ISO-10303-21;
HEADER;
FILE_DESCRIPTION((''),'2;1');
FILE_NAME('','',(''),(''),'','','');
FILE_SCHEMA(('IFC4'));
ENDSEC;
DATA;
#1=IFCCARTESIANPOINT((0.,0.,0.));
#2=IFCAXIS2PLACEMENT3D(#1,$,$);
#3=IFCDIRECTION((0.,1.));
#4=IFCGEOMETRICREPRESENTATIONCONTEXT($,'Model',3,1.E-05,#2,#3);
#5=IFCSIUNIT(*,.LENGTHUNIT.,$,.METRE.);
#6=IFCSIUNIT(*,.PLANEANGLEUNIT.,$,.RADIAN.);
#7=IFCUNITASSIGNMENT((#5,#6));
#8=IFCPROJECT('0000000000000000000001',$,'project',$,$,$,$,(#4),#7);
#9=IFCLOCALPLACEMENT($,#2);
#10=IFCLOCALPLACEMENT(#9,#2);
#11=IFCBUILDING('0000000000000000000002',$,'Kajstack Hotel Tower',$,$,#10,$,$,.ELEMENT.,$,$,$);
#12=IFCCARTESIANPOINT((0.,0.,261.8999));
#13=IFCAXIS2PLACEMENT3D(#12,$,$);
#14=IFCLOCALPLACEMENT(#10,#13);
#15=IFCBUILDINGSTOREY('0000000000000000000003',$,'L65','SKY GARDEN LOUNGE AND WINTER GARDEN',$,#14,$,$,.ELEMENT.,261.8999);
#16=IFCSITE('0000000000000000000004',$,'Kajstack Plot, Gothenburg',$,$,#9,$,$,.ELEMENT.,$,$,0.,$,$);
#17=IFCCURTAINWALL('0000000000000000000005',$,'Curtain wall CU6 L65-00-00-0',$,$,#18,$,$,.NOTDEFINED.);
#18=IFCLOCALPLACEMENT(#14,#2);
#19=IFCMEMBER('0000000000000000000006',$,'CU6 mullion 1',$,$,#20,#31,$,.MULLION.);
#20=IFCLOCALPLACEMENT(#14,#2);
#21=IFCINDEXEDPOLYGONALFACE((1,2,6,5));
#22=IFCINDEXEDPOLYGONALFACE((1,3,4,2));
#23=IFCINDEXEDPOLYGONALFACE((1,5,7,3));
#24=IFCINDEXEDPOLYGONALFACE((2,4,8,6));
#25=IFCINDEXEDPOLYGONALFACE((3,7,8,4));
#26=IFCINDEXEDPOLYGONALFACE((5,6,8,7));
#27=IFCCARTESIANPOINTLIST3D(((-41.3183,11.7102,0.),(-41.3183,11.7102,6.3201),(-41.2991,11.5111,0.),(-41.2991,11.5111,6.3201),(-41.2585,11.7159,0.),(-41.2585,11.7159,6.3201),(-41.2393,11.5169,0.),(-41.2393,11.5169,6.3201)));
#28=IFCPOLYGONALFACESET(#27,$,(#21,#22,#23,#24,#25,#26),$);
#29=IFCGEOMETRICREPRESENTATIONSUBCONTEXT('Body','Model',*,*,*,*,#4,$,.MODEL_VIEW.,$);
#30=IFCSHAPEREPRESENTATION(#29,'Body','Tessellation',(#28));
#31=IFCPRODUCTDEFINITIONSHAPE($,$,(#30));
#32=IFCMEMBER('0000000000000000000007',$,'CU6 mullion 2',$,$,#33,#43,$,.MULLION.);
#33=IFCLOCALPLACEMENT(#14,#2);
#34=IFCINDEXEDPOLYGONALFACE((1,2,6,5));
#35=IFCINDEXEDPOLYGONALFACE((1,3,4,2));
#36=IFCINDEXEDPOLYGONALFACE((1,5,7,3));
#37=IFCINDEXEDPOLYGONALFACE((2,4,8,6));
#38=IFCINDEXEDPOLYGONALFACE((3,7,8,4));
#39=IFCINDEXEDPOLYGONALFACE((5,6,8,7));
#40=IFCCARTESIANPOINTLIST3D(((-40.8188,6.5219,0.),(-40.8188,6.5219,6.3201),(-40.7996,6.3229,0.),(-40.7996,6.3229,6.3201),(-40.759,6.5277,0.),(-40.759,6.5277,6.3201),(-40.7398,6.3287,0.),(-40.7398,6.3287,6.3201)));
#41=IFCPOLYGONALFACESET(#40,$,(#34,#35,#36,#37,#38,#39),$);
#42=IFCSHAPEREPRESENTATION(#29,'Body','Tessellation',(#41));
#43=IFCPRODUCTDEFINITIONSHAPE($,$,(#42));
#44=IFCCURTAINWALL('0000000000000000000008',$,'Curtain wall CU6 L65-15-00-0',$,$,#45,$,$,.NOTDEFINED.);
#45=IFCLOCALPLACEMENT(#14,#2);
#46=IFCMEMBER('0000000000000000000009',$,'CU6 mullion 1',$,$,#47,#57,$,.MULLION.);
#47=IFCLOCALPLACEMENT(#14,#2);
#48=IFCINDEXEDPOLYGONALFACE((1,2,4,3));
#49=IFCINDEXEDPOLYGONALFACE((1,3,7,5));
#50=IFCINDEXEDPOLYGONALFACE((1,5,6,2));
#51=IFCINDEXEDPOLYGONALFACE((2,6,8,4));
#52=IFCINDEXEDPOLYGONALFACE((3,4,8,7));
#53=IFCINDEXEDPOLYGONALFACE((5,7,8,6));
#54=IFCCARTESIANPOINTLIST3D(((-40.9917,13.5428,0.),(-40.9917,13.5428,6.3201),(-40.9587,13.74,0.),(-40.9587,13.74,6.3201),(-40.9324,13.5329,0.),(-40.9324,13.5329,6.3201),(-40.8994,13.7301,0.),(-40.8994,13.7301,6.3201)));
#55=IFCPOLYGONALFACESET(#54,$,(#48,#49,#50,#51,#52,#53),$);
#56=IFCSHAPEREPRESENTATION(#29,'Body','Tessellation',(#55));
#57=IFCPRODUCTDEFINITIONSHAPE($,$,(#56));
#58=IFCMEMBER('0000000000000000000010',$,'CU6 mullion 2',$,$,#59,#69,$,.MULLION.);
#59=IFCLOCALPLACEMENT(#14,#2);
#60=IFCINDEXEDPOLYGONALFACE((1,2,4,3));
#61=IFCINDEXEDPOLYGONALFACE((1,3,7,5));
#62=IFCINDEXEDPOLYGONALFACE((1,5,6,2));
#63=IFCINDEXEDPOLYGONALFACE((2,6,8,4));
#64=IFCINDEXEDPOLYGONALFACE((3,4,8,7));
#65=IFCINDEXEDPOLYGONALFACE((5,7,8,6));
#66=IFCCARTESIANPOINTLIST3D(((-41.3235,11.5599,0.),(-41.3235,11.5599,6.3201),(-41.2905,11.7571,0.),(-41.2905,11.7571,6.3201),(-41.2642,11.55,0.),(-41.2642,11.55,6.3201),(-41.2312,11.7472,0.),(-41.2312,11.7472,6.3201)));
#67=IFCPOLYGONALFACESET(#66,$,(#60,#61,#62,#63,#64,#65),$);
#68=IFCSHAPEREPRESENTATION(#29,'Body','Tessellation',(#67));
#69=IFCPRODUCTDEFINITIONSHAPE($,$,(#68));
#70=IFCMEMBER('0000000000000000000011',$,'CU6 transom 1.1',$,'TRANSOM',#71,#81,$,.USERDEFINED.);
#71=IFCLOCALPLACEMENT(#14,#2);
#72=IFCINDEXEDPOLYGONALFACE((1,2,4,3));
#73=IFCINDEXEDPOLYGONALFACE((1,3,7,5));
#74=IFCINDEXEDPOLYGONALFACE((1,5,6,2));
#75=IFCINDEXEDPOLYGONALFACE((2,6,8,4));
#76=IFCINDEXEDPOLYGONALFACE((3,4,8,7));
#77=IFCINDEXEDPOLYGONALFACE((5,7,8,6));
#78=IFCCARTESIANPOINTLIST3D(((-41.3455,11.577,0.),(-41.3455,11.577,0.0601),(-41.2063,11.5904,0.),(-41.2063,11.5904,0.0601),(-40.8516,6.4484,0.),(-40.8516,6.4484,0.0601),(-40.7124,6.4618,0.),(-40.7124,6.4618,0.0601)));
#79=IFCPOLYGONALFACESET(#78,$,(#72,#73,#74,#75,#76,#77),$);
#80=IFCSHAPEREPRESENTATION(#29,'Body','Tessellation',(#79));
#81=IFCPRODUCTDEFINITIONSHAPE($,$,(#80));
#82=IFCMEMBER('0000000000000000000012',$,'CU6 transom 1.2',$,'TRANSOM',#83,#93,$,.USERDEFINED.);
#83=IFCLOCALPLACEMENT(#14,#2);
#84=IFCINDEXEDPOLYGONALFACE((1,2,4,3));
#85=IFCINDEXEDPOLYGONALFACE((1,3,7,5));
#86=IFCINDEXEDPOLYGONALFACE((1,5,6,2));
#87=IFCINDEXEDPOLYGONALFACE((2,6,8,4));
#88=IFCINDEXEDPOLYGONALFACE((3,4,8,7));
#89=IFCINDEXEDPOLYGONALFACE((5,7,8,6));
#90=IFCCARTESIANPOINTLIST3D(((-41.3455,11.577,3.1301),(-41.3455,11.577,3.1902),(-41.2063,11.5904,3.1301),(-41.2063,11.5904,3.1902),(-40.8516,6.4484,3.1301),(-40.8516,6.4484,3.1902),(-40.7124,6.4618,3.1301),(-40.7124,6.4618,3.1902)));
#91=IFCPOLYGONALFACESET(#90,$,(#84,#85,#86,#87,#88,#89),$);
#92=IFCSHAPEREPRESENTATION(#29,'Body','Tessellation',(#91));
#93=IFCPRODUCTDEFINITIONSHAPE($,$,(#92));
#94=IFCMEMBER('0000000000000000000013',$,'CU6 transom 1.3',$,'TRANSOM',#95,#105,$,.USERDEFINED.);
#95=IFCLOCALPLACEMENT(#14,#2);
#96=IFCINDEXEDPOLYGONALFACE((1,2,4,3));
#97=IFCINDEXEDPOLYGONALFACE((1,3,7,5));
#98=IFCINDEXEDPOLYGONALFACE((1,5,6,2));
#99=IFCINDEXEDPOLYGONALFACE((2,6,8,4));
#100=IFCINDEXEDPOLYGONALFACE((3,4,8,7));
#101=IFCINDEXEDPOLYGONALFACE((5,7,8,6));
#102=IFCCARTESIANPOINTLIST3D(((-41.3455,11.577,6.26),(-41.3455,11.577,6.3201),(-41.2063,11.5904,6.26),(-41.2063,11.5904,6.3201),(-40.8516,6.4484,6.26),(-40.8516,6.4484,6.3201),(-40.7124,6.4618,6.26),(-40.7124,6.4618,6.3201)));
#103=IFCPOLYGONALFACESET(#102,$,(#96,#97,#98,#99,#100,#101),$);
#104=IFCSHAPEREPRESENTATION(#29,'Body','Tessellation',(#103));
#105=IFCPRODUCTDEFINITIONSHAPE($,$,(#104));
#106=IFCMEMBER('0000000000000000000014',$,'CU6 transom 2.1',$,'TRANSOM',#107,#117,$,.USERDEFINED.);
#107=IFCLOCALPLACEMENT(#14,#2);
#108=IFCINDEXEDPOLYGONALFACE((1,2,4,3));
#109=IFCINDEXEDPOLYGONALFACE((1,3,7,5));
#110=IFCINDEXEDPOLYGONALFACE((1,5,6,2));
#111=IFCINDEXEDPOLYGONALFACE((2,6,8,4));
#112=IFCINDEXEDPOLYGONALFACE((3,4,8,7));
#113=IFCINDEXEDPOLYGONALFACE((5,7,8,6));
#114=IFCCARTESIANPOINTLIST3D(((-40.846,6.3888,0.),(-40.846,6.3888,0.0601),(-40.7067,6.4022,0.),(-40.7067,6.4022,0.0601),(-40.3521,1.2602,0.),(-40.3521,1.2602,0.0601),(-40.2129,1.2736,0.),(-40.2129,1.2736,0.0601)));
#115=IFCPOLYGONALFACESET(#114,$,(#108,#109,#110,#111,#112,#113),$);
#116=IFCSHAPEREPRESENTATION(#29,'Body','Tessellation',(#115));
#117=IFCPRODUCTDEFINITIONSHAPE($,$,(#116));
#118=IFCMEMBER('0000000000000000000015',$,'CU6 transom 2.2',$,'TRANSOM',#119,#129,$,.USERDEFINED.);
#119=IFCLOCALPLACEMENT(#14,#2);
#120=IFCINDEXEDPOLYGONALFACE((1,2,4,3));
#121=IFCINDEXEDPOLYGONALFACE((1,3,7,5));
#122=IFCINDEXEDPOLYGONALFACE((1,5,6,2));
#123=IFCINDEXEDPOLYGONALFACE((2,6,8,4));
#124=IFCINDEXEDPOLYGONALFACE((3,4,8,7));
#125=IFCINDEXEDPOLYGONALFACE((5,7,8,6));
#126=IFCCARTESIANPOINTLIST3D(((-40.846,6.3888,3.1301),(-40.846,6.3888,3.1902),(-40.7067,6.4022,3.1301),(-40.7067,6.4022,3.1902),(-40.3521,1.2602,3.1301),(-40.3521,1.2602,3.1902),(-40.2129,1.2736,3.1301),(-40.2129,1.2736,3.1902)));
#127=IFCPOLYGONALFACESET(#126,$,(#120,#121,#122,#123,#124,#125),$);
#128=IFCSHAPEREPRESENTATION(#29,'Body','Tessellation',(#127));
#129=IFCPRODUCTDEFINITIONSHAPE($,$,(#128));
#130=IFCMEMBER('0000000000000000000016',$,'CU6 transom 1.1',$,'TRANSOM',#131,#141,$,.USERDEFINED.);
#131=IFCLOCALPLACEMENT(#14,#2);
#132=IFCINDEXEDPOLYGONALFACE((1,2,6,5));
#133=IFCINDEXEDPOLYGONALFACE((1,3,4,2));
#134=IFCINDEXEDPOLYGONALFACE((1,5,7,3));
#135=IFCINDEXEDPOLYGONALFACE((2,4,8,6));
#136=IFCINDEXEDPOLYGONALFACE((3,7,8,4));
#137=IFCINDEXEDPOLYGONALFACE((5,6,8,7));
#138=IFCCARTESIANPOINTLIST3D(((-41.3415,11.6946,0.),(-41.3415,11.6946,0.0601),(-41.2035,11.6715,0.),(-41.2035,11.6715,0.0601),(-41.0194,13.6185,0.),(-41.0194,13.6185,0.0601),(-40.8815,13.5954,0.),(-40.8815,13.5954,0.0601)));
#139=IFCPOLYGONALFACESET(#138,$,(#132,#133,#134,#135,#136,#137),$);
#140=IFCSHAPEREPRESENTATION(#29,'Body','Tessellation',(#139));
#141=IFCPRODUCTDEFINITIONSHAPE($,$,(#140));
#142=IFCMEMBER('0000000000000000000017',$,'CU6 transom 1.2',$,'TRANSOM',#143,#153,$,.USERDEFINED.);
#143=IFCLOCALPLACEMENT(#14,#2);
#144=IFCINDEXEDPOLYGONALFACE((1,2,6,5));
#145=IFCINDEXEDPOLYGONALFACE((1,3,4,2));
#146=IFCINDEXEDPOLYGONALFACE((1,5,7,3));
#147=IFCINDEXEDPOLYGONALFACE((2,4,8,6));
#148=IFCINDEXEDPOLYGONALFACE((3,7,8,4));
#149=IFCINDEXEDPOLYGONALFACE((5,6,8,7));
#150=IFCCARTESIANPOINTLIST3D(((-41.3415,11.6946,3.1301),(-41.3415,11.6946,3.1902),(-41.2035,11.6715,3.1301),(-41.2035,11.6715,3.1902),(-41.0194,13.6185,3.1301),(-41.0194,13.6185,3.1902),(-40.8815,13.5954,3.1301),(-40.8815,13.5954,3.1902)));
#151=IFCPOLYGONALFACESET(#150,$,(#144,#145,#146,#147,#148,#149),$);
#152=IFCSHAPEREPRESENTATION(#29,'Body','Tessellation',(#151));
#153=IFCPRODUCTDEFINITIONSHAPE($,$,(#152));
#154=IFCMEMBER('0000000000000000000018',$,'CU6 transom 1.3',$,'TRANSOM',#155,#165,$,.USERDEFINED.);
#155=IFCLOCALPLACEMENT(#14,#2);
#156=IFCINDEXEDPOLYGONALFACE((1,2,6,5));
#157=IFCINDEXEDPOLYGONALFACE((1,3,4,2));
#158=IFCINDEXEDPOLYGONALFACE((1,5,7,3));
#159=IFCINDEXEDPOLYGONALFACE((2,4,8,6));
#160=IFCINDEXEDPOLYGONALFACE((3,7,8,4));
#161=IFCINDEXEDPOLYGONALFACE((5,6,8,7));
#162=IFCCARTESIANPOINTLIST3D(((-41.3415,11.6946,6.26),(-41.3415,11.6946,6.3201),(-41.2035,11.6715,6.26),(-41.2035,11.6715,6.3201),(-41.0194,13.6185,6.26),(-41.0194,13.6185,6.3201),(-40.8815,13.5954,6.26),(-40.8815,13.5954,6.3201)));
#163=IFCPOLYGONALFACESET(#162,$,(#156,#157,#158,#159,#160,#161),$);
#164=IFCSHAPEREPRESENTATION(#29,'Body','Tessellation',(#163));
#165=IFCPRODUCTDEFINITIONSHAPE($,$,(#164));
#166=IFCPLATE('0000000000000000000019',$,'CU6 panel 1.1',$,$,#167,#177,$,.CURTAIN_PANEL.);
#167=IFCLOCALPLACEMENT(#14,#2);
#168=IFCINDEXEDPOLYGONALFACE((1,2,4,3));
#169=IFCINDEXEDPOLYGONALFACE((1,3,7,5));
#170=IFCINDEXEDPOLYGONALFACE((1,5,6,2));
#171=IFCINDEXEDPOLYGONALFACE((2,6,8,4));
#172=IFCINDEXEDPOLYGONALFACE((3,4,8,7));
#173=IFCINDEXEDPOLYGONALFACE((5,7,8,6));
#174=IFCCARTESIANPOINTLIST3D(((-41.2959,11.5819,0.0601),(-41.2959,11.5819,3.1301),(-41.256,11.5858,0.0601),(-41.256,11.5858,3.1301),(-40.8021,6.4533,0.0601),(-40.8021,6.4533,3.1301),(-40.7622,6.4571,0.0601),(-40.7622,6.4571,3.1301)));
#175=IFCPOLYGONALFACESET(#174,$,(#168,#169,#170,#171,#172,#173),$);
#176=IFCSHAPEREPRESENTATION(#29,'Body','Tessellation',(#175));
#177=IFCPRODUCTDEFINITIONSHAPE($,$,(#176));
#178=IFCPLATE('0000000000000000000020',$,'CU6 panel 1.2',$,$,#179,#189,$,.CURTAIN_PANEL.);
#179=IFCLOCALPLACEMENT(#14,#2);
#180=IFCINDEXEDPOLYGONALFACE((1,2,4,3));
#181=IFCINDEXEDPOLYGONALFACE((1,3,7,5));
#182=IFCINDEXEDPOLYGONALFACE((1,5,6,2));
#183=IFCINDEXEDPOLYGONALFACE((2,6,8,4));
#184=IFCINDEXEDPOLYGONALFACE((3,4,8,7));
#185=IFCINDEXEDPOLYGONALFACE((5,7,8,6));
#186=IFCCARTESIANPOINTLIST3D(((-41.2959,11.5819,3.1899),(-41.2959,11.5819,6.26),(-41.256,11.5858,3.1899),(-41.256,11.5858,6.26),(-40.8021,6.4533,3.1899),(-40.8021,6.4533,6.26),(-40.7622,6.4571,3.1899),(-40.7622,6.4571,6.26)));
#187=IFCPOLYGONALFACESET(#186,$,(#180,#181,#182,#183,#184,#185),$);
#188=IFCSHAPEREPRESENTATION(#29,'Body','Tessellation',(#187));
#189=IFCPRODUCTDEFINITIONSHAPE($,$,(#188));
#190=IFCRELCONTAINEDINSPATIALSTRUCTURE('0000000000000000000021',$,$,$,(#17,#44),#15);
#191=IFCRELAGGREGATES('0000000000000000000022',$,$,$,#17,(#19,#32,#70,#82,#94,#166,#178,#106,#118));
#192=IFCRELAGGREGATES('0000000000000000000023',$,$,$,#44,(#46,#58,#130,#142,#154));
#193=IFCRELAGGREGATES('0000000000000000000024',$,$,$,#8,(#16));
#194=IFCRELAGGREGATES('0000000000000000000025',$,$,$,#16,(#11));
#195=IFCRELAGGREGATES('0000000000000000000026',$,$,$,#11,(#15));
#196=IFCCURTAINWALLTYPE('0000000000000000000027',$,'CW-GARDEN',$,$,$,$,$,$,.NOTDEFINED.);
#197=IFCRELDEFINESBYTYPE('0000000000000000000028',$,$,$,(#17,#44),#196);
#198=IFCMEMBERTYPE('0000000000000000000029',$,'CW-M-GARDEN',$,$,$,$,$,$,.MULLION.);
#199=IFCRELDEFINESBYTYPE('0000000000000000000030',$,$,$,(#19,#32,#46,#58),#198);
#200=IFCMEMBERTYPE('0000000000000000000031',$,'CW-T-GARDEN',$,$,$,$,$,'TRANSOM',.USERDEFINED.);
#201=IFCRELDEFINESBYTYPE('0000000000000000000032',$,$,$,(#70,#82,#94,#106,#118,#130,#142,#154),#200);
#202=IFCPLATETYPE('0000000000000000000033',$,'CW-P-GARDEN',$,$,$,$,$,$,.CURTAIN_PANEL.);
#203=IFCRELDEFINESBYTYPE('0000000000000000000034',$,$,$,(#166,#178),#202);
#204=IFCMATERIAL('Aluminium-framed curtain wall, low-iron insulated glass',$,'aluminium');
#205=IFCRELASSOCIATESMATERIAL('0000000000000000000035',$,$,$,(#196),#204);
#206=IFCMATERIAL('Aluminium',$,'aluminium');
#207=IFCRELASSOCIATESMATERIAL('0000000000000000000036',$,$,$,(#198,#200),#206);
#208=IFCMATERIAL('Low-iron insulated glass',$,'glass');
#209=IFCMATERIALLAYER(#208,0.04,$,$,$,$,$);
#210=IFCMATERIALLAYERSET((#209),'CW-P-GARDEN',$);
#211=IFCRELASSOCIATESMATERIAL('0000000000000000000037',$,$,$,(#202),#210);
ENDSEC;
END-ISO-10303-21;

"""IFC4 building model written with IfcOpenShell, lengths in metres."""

from ifc_helpers import new_model, si_unit, direction, frame, origin, origin_2d, place, context, subcontext, project, spatial, rectangle, extrude, material, layer, layer_set, material_profile, profile_set, type_object, element, aggregate, save


model = new_model("IFC4")

# Units and contexts
model_context = context("Model", 3, precision=1e-05, world=origin(), true_north=direction((0.0, 1.0)))
body_context = subcontext(model_context, "Body", "Model", "MODEL_VIEW")
ifc_project = project(units=[si_unit("LENGTHUNIT", "METRE"), si_unit("PLANEANGLEUNIT", "RADIAN")], contexts=[model_context])

# Site, building, storey
site_placement = place(None, origin())
site = spatial("IfcSite", under=ifc_project, at=site_placement, Name="Kajstack Plot, Gothenburg", CompositionType="ELEMENT", RefElevation=0.0)
building_placement = place(site_placement, origin())
building = spatial("IfcBuilding", under=site, at=building_placement, Name="Kajstack Hotel Tower", CompositionType="ELEMENT")
storey_placement = place(building_placement, frame((0.0, 0.0, 261.8999)))
storey = spatial("IfcBuildingStorey", under=building, at=storey_placement, Name="L65", Description="SKY GARDEN LOUNGE AND WINTER GARDEN", CompositionType="ELEMENT", Elevation=261.8999)

# Curtain walls, members
ifc_material_1 = material(Name="Aluminium-framed curtain wall, low-iron insulated glass", Category="aluminium")
curtain_wall_type = type_object("IfcCurtainWallType", Name="CW-GARDEN", PredefinedType="NOTDEFINED", material=ifc_material_1)
curtain_wall_1_placement = place(storey_placement, origin())
curtain_wall_1 = element("IfcCurtainWall", 1, at=curtain_wall_1_placement, inside=storey, type_object=curtain_wall_type, Name="Curtain wall CU6 L65-00-00-0", PredefinedType="NOTDEFINED")
ifc_material_2 = material(Name="Aluminium", Category="aluminium")
ifc_material_profile_1 = material_profile(ifc_material_2, rectangle(XDim=0.0601, YDim=0.2, at=origin_2d()), Name="Aluminium mullion 60 x 200")
ifc_profile_set_1 = profile_set([ifc_material_profile_1], Name="Aluminium")
member_type_1 = type_object("IfcMemberType", Name="CW-M-GARDEN", PredefinedType="MULLION", material=ifc_profile_set_1)
member_1_placement = place(storey_placement, frame((-41.2788, 11.6135, 0.0), z_axis=(0.0, 0.0, 1.0), x_axis=(0.995396, 0.095847, 0.0)))
member_1 = element("IfcMember", 2, at=member_1_placement, type_object=member_type_1, Name="CU6 mullion 1", PredefinedType="MULLION", context=body_context, shape_type="SweptSolid", body=[
    extrude(rectangle(XDim=0.0601, YDim=0.2, at=origin_2d()), origin(), (0.0, 0.0, 1.0), 6.3201),
])
member_2_placement = place(storey_placement, frame((-40.7793, 6.4253, 0.0), z_axis=(0.0, 0.0, 1.0), x_axis=(0.995396, 0.095847, 0.0)))
member_2 = element("IfcMember", 3, at=member_2_placement, type_object=member_type_1, Name="CU6 mullion 2", PredefinedType="MULLION", context=body_context, shape_type="SweptSolid", body=[
    extrude(rectangle(XDim=0.0601, YDim=0.2, at=origin_2d()), origin(), (0.0, 0.0, 1.0), 6.3201),
])
curtain_wall_2_placement = place(storey_placement, origin())
curtain_wall_2 = element("IfcCurtainWall", 4, at=curtain_wall_2_placement, inside=storey, type_object=curtain_wall_type, Name="Curtain wall CU6 L65-15-00-0", PredefinedType="NOTDEFINED")
member_3_placement = place(storey_placement, frame((-40.9456, 13.6365, 0.0), z_axis=(0.0, 0.0, 1.0), x_axis=(0.98628, -0.16508, 0.0)))
member_3 = element("IfcMember", 5, at=member_3_placement, type_object=member_type_1, Name="CU6 mullion 1", PredefinedType="MULLION", context=body_context, shape_type="SweptSolid", body=[
    extrude(rectangle(XDim=0.0601, YDim=0.2, at=origin_2d()), origin(), (0.0, 0.0, 1.0), 6.3201),
])
member_4_placement = place(storey_placement, frame((-41.2773, 11.6536, 0.0), z_axis=(0.0, 0.0, 1.0), x_axis=(0.98628, -0.16508, 0.0)))
member_4 = element("IfcMember", 6, at=member_4_placement, type_object=member_type_1, Name="CU6 mullion 2", PredefinedType="MULLION", context=body_context, shape_type="SweptSolid", body=[
    extrude(rectangle(XDim=0.0601, YDim=0.2, at=origin_2d()), origin(), (0.0, 0.0, 1.0), 6.3201),
])

# Members
ifc_material_profile_2 = material_profile(ifc_material_2, rectangle(XDim=0.1399, YDim=0.0601, at=origin_2d()), Name="Aluminium transom 140 x 60")
ifc_profile_set_2 = profile_set([ifc_material_profile_2], Name="Aluminium")
member_type_2 = type_object("IfcMemberType", Name="CW-T-GARDEN", ElementType="TRANSOM", PredefinedType="USERDEFINED", material=ifc_profile_set_2)
member_5_placement = place(storey_placement, frame((-41.2759, 11.5837, 0.03), z_axis=(0.095858, -0.995395, 0.0), x_axis=(0.995395, 0.095858, 0.0)))
member_5 = element("IfcMember", 7, at=member_5_placement, type_object=member_type_2, Name="CU6 transom 1.1", ObjectType="TRANSOM", PredefinedType="USERDEFINED", context=body_context, shape_type="SweptSolid", body=[
    extrude(rectangle(XDim=0.1399, YDim=0.0601, at=origin_2d()), origin(), (0.0, 0.0, 1.0), 5.1523),
])
member_6_placement = place(storey_placement, frame((-41.2759, 11.5837, 3.1602), z_axis=(0.095858, -0.995395, 0.0), x_axis=(0.995395, 0.095858, 0.0)))
member_6 = element("IfcMember", 8, at=member_6_placement, type_object=member_type_2, Name="CU6 transom 1.2", ObjectType="TRANSOM", PredefinedType="USERDEFINED", context=body_context, shape_type="SweptSolid", body=[
    extrude(rectangle(XDim=0.1399, YDim=0.0601, at=origin_2d()), origin(), (0.0, 0.0, 1.0), 5.1523),
])
member_7_placement = place(storey_placement, frame((-41.2759, 11.5837, 6.29), z_axis=(0.095858, -0.995395, 0.0), x_axis=(0.995395, 0.095858, 0.0)))
member_7 = element("IfcMember", 9, at=member_7_placement, type_object=member_type_2, Name="CU6 transom 1.3", ObjectType="TRANSOM", PredefinedType="USERDEFINED", context=body_context, shape_type="SweptSolid", body=[
    extrude(rectangle(XDim=0.1399, YDim=0.0601, at=origin_2d()), origin(), (0.0, 0.0, 1.0), 5.1523),
])
member_8_placement = place(storey_placement, frame((-40.7764, 6.3955, 0.03), z_axis=(0.095858, -0.995395, 0.0), x_axis=(0.995395, 0.095858, 0.0)))
member_8 = element("IfcMember", 10, at=member_8_placement, type_object=member_type_2, Name="CU6 transom 2.1", ObjectType="TRANSOM", PredefinedType="USERDEFINED", context=body_context, shape_type="SweptSolid", body=[
    extrude(rectangle(XDim=0.1399, YDim=0.0601, at=origin_2d()), origin(), (0.0, 0.0, 1.0), 5.1523),
])
member_9_placement = place(storey_placement, frame((-40.7764, 6.3955, 3.1602), z_axis=(0.095858, -0.995395, 0.0), x_axis=(0.995395, 0.095858, 0.0)))
member_9 = element("IfcMember", 11, at=member_9_placement, type_object=member_type_2, Name="CU6 transom 2.2", ObjectType="TRANSOM", PredefinedType="USERDEFINED", context=body_context, shape_type="SweptSolid", body=[
    extrude(rectangle(XDim=0.1399, YDim=0.0601, at=origin_2d()), origin(), (0.0, 0.0, 1.0), 5.1523),
])
member_10_placement = place(storey_placement, frame((-40.9504, 13.6069, 0.03), z_axis=(-0.165089, -0.986279, 0.0), x_axis=(0.986279, -0.165089, 0.0)))
member_10 = element("IfcMember", 12, at=member_10_placement, type_object=member_type_2, Name="CU6 transom 1.1", ObjectType="TRANSOM", PredefinedType="USERDEFINED", context=body_context, shape_type="SweptSolid", body=[
    extrude(rectangle(XDim=0.1399, YDim=0.0601, at=origin_2d()), origin(), (0.0, 0.0, 1.0), 1.9507),
])
member_11_placement = place(storey_placement, frame((-40.9504, 13.6069, 3.1602), z_axis=(-0.165089, -0.986279, 0.0), x_axis=(0.986279, -0.165089, 0.0)))
member_11 = element("IfcMember", 13, at=member_11_placement, type_object=member_type_2, Name="CU6 transom 1.2", ObjectType="TRANSOM", PredefinedType="USERDEFINED", context=body_context, shape_type="SweptSolid", body=[
    extrude(rectangle(XDim=0.1399, YDim=0.0601, at=origin_2d()), origin(), (0.0, 0.0, 1.0), 1.9507),
])
member_12_placement = place(storey_placement, frame((-40.9504, 13.6069, 6.29), z_axis=(-0.165089, -0.986279, 0.0), x_axis=(0.986279, -0.165089, 0.0)))
member_12 = element("IfcMember", 14, at=member_12_placement, type_object=member_type_2, Name="CU6 transom 1.3", ObjectType="TRANSOM", PredefinedType="USERDEFINED", context=body_context, shape_type="SweptSolid", body=[
    extrude(rectangle(XDim=0.1399, YDim=0.0601, at=origin_2d()), origin(), (0.0, 0.0, 1.0), 1.9507),
])

# Plates
ifc_material_3 = material(Name="Low-iron insulated glass", Category="glass")
ifc_layer = layer(ifc_material_3, 0.04)
ifc_layer_set = layer_set([ifc_layer], Name="CW-P-GARDEN")
plate_type = type_object("IfcPlateType", Name="CW-P-GARDEN", PredefinedType="CURTAIN_PANEL", material=ifc_layer_set)
plate_1_placement = place(storey_placement, frame((-41.0291, 9.0195, 0.0601), z_axis=(0.0, 0.0, 1.0), x_axis=(0.095847, -0.995396, 0.0)))
plate_1 = element("IfcPlate", 15, at=plate_1_placement, type_object=plate_type, Name="CU6 panel 1.1", PredefinedType="CURTAIN_PANEL", context=body_context, shape_type="SweptSolid", body=[
    extrude(rectangle(XDim=5.1523, YDim=0.04, at=origin_2d()), origin(), (0.0, 0.0, 1.0), 3.0701),
])
plate_2_placement = place(storey_placement, frame((-41.0291, 9.0195, 3.1899), z_axis=(0.0, 0.0, 1.0), x_axis=(0.095847, -0.995396, 0.0)))
plate_2 = element("IfcPlate", 16, at=plate_2_placement, type_object=plate_type, Name="CU6 panel 1.2", PredefinedType="CURTAIN_PANEL", context=body_context, shape_type="SweptSolid", body=[
    extrude(rectangle(XDim=5.1523, YDim=0.04, at=origin_2d()), origin(), (0.0, 0.0, 1.0), 3.0701),
])
aggregate(curtain_wall_1, [member_1, member_2, member_5, member_6, member_7, plate_1, plate_2, member_8, member_9])
aggregate(curtain_wall_2, [member_3, member_4, member_10, member_11, member_12])

save(model, "model.ifc")
